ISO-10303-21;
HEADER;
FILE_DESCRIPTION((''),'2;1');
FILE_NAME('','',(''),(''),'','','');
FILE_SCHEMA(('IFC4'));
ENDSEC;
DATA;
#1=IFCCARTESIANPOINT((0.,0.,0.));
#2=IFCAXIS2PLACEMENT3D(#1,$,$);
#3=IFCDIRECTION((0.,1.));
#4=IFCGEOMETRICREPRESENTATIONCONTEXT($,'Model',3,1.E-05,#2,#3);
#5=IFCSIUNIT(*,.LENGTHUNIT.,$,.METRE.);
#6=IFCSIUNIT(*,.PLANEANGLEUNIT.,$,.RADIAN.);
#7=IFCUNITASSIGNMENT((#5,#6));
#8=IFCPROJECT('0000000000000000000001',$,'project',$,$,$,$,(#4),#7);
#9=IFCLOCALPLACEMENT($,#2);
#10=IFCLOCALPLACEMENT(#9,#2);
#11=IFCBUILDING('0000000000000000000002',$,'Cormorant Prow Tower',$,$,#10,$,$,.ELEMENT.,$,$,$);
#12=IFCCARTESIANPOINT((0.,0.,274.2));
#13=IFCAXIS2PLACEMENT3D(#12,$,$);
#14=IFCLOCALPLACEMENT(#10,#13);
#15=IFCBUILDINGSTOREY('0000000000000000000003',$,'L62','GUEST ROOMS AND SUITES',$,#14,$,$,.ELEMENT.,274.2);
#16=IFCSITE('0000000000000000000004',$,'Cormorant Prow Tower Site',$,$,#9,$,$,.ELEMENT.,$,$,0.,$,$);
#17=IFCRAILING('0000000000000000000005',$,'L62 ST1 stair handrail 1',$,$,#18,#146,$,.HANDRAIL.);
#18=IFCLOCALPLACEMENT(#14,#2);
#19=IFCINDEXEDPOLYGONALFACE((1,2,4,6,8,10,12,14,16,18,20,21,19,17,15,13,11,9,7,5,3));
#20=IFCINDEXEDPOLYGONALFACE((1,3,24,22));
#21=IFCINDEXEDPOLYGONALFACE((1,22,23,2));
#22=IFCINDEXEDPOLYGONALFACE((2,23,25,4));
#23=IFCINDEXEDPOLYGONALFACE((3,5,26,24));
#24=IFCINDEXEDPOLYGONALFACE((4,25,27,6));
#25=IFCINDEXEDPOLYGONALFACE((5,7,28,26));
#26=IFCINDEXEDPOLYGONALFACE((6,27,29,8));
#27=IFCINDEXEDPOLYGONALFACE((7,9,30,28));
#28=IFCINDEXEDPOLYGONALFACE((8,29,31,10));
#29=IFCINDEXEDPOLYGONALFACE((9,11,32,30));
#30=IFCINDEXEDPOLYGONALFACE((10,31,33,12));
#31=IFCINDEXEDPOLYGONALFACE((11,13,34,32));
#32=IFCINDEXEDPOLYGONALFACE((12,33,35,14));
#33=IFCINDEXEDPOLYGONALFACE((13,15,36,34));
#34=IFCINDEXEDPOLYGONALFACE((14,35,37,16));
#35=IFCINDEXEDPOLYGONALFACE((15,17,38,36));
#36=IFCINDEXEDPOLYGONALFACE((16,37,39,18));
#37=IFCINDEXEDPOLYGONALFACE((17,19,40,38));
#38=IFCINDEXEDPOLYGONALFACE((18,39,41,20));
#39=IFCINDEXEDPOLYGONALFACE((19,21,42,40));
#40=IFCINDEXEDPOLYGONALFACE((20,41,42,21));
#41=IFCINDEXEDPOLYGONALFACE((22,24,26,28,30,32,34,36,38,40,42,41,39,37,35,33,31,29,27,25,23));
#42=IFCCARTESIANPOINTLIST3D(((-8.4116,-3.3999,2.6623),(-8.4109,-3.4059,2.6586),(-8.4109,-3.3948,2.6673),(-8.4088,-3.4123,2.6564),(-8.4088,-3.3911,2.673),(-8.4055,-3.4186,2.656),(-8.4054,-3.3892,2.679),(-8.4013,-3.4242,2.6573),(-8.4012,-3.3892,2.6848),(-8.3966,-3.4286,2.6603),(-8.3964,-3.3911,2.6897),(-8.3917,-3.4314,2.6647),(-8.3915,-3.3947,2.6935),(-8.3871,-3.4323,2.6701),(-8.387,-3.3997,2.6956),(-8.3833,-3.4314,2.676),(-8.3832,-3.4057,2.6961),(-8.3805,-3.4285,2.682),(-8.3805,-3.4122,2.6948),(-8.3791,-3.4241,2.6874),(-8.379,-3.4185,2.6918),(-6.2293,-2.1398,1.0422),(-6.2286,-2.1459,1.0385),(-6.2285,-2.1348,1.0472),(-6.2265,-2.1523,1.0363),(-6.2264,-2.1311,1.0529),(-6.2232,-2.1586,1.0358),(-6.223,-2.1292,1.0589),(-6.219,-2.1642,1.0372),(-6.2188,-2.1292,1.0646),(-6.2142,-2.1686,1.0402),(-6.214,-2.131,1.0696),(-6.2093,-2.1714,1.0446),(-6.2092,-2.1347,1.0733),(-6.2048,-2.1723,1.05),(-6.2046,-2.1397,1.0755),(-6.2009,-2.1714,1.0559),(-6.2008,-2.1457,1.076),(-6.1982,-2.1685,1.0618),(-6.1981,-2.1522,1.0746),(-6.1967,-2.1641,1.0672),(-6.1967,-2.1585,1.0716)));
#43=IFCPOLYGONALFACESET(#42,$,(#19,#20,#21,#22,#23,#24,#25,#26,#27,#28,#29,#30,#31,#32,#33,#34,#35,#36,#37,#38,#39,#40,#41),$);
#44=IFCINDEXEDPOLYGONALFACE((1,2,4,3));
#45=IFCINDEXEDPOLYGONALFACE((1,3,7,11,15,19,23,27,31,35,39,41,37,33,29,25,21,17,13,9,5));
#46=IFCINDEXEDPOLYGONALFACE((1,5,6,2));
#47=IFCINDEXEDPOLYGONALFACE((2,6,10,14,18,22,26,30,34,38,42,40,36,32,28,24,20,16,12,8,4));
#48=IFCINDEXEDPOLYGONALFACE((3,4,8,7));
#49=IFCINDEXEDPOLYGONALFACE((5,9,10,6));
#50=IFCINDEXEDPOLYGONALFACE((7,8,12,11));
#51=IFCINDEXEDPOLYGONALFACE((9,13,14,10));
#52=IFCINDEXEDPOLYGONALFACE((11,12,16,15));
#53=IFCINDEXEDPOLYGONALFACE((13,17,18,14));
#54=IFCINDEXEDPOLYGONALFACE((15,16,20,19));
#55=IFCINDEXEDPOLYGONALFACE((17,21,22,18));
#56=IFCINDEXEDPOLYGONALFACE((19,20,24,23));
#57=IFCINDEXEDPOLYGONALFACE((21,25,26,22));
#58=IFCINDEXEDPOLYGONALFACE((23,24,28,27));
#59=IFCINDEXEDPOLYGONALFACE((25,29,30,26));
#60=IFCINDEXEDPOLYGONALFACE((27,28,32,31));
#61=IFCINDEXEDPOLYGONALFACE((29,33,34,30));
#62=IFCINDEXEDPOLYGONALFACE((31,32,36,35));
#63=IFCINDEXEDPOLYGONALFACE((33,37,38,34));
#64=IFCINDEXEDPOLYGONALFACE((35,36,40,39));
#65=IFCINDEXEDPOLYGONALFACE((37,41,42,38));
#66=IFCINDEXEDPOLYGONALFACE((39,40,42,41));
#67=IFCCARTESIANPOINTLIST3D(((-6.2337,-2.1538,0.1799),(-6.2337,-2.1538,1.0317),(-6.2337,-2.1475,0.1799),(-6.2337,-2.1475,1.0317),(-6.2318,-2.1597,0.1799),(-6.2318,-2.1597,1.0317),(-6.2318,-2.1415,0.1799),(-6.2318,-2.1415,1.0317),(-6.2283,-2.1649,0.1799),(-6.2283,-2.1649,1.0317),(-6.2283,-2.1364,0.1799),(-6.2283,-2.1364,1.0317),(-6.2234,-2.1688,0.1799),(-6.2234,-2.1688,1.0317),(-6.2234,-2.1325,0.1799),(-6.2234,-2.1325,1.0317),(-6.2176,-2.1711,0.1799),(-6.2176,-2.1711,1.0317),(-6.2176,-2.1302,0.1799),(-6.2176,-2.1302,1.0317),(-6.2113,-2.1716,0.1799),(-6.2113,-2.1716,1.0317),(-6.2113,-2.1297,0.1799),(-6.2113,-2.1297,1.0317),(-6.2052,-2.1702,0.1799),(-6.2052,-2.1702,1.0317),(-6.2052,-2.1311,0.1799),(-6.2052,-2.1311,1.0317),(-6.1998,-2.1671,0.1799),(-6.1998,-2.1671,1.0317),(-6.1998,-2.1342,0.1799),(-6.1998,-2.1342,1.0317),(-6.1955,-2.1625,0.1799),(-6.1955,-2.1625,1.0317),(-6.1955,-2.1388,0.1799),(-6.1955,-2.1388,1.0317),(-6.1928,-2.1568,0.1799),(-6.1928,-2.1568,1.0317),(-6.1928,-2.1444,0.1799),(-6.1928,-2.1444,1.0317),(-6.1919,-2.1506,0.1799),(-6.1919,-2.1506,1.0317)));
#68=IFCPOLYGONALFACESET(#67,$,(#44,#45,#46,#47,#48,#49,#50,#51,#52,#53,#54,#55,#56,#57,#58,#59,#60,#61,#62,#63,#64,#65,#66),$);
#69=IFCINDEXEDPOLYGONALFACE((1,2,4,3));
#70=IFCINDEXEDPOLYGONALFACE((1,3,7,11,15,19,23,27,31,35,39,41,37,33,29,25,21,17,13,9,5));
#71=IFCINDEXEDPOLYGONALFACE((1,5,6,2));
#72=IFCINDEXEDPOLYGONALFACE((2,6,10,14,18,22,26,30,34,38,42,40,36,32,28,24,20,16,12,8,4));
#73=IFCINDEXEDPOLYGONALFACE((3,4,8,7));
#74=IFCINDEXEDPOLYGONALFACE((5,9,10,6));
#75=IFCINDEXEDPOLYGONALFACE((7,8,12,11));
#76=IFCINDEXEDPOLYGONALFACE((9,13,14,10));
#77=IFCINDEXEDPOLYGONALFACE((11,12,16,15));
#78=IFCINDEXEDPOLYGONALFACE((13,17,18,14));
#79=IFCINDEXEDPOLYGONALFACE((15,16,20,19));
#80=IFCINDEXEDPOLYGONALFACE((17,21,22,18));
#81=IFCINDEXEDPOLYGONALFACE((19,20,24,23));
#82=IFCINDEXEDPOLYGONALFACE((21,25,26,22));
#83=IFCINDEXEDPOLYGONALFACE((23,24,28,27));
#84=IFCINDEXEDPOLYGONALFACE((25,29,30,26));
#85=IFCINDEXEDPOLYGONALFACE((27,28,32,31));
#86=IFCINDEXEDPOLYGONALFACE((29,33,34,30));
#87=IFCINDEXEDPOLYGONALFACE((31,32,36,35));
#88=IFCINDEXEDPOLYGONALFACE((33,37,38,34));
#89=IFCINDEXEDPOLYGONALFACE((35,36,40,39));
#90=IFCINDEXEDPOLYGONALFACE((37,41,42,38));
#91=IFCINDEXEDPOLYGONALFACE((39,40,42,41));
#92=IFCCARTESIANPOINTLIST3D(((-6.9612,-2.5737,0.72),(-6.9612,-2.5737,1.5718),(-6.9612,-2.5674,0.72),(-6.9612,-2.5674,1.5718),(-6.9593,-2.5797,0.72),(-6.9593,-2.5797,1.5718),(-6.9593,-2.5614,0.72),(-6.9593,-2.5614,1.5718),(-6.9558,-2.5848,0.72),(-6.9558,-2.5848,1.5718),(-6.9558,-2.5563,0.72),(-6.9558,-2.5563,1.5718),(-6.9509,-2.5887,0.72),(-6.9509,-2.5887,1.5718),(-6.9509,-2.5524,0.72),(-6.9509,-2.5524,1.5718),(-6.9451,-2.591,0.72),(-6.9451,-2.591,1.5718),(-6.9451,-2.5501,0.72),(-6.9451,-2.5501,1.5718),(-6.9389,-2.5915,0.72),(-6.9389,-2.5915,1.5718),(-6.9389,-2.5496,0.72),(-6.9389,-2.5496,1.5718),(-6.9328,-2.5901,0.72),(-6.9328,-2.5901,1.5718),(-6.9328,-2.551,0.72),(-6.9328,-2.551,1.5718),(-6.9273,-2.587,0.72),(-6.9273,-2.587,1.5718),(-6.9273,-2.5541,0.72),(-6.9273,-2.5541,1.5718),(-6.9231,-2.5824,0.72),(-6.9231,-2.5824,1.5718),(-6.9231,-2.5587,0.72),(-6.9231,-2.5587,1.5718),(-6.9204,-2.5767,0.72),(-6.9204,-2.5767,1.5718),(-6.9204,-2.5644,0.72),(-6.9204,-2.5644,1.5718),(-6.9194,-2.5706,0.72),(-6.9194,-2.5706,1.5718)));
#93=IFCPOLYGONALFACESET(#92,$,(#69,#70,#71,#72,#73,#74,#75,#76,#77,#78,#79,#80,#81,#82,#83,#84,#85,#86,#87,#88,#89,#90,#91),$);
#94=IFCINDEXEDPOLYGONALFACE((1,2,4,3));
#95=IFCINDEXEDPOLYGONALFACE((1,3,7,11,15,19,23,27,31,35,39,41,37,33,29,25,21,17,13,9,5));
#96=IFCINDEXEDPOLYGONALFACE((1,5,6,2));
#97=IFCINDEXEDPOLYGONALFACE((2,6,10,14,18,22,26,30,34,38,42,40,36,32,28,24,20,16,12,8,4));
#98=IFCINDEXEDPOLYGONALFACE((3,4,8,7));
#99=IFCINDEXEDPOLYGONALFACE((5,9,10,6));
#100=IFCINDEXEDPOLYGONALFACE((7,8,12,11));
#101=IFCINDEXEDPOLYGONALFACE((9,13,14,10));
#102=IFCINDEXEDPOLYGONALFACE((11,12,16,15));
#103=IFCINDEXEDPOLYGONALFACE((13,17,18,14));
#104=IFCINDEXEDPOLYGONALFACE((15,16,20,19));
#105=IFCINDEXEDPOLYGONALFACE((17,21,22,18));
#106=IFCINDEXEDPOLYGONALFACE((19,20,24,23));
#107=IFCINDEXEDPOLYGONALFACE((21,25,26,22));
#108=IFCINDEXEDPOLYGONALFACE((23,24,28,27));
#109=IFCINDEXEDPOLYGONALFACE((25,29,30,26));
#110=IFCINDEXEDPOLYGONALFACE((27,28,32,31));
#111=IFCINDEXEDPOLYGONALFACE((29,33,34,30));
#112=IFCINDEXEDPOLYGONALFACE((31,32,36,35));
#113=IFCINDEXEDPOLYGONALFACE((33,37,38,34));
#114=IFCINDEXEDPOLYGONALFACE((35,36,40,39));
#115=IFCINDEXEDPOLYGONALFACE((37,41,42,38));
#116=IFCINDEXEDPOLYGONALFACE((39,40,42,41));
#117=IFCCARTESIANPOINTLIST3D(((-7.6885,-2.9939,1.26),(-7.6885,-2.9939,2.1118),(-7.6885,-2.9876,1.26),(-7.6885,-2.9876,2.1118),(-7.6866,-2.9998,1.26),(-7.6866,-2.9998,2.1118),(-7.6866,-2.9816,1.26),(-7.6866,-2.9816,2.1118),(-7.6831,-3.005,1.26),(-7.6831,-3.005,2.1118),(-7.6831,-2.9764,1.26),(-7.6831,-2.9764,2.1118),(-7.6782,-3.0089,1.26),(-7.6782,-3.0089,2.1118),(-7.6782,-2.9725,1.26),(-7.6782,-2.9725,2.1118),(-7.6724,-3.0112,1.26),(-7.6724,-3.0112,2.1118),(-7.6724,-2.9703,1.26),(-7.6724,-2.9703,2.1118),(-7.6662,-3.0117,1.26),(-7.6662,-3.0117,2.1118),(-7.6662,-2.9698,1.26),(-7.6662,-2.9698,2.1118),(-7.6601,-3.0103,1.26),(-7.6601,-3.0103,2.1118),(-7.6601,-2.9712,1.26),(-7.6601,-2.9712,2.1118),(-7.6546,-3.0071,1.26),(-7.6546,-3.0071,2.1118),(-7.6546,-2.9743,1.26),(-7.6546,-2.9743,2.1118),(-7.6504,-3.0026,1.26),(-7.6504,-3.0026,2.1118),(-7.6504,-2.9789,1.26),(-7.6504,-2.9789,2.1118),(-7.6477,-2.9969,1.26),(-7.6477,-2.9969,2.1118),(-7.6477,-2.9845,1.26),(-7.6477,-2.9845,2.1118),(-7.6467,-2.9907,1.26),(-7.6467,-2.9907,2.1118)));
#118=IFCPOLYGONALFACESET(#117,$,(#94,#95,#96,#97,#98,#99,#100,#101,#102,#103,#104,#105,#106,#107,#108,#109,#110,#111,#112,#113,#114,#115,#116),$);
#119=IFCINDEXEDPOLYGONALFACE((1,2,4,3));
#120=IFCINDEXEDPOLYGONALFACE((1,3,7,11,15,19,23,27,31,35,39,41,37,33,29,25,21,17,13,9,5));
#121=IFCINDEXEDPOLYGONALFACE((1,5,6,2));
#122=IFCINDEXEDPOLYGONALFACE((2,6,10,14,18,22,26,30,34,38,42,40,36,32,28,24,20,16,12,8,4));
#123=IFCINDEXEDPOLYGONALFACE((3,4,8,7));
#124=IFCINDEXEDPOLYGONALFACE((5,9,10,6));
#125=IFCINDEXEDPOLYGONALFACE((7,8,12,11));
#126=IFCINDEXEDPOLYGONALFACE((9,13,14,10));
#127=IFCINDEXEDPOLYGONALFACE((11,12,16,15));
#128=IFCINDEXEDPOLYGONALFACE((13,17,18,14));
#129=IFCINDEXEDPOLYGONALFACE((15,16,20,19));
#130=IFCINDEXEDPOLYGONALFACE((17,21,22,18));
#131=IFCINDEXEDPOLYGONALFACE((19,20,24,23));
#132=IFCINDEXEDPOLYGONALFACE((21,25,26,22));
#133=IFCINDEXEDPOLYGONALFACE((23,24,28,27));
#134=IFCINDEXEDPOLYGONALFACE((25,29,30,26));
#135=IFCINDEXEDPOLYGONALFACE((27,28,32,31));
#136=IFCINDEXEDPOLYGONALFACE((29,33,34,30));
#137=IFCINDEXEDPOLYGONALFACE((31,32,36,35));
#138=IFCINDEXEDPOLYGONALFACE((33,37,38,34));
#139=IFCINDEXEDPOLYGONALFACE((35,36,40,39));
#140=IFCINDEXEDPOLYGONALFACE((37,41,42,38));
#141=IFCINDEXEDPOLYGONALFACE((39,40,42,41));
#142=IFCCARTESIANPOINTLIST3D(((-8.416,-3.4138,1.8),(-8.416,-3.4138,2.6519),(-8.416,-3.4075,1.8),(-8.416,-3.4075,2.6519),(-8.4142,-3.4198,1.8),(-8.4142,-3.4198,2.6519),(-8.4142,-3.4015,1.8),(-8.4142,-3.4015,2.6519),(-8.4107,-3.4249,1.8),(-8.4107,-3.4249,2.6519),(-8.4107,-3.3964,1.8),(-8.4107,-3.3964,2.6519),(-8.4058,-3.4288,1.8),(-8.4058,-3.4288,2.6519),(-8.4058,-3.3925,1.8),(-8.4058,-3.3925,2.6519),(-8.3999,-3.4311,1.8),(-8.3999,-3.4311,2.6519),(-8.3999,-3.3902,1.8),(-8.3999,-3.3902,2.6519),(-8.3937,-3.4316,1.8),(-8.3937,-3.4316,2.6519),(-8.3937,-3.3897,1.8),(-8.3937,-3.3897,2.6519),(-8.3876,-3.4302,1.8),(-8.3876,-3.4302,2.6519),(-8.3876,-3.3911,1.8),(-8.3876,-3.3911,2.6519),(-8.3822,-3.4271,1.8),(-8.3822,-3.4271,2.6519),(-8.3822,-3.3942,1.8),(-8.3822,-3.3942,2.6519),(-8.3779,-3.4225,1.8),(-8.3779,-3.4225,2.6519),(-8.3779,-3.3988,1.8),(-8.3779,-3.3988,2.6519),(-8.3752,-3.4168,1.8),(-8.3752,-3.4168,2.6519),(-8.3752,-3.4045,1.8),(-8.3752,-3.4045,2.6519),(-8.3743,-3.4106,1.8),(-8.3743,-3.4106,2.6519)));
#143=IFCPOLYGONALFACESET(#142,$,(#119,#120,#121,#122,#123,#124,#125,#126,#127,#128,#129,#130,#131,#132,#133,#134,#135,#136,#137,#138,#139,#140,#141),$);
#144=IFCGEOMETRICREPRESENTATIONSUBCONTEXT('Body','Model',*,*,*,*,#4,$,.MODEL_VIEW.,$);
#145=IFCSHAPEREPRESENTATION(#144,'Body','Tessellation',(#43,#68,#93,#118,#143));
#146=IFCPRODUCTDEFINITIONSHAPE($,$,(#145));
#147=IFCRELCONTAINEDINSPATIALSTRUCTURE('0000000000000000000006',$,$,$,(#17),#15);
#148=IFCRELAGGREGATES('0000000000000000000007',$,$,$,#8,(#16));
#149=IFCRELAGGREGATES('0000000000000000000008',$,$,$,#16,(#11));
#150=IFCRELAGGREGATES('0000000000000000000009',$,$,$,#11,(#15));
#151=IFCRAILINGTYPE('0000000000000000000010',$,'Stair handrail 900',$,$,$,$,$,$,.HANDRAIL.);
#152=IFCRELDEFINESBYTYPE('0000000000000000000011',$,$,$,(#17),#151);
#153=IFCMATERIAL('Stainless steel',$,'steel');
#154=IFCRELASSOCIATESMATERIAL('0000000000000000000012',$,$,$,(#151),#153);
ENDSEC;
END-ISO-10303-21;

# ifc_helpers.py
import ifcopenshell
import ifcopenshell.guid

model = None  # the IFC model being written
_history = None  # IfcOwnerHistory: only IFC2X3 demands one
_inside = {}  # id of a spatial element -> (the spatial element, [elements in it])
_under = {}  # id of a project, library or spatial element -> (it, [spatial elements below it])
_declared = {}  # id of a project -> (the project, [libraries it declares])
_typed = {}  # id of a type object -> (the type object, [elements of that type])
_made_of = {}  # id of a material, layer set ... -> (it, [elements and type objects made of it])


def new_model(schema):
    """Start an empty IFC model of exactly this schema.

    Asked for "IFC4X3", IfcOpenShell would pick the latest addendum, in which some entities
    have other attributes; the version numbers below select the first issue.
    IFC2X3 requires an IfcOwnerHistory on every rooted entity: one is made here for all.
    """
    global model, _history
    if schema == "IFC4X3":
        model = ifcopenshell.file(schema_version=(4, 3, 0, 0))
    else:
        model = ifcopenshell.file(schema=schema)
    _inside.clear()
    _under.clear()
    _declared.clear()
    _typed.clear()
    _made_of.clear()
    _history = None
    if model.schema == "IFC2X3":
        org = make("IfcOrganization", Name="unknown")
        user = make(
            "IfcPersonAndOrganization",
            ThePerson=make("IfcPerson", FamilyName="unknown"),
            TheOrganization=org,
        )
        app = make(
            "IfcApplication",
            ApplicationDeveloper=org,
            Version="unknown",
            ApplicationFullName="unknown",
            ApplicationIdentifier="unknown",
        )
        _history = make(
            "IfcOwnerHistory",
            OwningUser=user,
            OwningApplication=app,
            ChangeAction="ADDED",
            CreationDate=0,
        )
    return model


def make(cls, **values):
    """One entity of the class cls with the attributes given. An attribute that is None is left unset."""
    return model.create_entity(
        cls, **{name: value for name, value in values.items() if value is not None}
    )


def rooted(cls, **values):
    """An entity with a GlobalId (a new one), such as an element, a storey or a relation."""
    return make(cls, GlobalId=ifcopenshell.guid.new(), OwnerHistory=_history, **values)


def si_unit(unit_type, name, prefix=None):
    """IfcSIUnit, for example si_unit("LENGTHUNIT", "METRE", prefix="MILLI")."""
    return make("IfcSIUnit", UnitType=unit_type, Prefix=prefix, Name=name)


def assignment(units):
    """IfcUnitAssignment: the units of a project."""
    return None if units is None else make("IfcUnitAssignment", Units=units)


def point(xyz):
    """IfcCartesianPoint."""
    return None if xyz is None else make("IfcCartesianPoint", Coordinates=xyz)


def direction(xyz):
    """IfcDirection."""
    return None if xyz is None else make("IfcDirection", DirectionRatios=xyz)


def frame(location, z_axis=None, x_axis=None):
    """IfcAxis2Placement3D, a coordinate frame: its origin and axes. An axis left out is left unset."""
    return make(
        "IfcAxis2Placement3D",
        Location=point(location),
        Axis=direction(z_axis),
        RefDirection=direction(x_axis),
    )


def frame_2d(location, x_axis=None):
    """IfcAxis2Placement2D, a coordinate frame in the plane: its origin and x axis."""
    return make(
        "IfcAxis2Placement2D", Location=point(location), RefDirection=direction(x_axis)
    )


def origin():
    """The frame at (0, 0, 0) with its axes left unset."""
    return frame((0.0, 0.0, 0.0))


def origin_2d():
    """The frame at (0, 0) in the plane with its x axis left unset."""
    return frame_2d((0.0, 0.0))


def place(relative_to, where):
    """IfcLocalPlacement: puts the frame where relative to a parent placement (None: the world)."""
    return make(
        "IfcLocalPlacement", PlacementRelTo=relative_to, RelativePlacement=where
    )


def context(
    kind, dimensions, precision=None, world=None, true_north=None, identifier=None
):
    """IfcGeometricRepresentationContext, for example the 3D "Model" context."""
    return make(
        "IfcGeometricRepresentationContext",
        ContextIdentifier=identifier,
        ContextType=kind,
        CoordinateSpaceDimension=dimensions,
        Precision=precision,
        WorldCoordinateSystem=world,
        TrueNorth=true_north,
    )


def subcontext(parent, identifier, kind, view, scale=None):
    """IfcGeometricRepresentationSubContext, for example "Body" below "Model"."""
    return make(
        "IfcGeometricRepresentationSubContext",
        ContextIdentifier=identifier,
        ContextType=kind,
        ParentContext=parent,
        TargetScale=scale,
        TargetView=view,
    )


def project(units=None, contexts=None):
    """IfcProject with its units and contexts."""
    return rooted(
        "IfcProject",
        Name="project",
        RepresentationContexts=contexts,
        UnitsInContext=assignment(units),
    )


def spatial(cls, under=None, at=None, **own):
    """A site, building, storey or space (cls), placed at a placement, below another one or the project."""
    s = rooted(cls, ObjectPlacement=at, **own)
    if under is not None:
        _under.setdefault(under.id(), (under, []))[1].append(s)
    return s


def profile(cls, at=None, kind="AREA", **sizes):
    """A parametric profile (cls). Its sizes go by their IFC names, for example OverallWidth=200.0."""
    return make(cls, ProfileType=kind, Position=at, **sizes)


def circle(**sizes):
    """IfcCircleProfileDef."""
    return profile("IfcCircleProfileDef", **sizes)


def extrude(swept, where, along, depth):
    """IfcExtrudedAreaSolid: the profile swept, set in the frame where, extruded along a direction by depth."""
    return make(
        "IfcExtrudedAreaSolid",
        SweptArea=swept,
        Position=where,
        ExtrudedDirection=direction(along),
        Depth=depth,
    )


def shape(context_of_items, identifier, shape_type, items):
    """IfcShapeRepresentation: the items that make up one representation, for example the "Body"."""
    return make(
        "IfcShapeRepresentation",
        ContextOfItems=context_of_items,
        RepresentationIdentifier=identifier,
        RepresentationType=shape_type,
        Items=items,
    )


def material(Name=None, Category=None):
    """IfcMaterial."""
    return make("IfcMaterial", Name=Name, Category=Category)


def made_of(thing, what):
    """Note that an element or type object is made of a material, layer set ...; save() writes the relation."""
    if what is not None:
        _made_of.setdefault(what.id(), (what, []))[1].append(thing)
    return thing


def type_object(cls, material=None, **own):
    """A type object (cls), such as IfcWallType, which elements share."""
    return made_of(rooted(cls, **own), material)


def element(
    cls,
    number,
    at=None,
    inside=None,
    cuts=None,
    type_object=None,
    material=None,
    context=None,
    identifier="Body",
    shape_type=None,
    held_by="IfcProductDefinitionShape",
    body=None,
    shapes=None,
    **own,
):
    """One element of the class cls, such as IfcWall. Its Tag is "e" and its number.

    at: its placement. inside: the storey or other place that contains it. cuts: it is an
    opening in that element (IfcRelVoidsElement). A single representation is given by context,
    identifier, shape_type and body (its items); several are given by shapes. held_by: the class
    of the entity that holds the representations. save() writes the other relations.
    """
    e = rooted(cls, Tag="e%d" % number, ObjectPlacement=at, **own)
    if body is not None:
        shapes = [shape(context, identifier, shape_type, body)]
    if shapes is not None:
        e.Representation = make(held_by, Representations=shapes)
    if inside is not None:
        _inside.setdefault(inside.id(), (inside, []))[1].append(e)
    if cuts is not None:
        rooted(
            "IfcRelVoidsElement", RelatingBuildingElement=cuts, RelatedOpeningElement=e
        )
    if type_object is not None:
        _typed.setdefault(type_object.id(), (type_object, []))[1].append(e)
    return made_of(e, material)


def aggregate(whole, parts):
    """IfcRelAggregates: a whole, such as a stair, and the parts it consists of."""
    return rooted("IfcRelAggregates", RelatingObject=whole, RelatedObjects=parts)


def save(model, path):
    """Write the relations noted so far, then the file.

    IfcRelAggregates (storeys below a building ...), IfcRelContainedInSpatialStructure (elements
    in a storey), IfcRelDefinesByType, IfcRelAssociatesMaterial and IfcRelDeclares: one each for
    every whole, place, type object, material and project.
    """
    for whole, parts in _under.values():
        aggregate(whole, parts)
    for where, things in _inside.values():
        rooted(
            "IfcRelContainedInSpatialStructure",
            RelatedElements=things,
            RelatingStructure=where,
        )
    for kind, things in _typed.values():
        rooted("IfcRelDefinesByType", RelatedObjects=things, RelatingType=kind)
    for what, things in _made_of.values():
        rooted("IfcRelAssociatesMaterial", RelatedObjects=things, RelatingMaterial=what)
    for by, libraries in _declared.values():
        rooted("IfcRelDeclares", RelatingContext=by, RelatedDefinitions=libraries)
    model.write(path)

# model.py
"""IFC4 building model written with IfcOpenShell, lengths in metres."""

from ifc_helpers import new_model, si_unit, direction, frame, origin, origin_2d, place, context, subcontext, project, spatial, circle, extrude, material, type_object, element, save


model = new_model("IFC4")

# Units and contexts
model_context = context("Model", 3, precision=1e-05, world=origin(), true_north=direction((0.0, 1.0)))
body_context = subcontext(model_context, "Body", "Model", "MODEL_VIEW")
ifc_project = project(units=[si_unit("LENGTHUNIT", "METRE"), si_unit("PLANEANGLEUNIT", "RADIAN")], contexts=[model_context])

# Site, building, storey
site_placement = place(None, origin())
site = spatial("IfcSite", under=ifc_project, at=site_placement, Name="Cormorant Prow Tower Site", CompositionType="ELEMENT", RefElevation=0.0)
building_placement = place(site_placement, origin())
building = spatial("IfcBuilding", under=site, at=building_placement, Name="Cormorant Prow Tower", CompositionType="ELEMENT")
storey_placement = place(building_placement, frame((0.0, 0.0, 274.2)))
storey = spatial("IfcBuildingStorey", under=building, at=storey_placement, Name="L62", Description="GUEST ROOMS AND SUITES", CompositionType="ELEMENT", Elevation=274.2)

# Railing
ifc_material_1 = material(Name="Stainless steel", Category="steel")
railing_type_1 = type_object("IfcRailingType", Name="Stair handrail 900", PredefinedType="HANDRAIL", material=ifc_material_1)
railing_1_placement = place(storey_placement, frame((-6.2129, -2.1506, 0.1799)))
element("IfcRailing", 1, at=railing_1_placement, inside=storey, type_object=railing_type_1, Name="L62 ST1 stair handrail 1", PredefinedType="HANDRAIL", context=body_context, shape_type="SweptSolid", body=[
    extrude(circle(Radius=0.0239, at=origin_2d()), frame((0.0, 0.0, 0.876), z_axis=(-0.728464, -0.420584, 0.540786), x_axis=(0.500005, -0.866023, 0.0)), (0.0, 0.0, 1.0), 2.9958),
    extrude(circle(Radius=0.021, at=origin_2d()), origin(), (0.0, 0.0, 1.0), 0.8518),
    extrude(circle(Radius=0.021, at=origin_2d()), frame((-0.7275, -0.4199, 0.54)), (0.0, 0.0, 1.0), 0.8518),
    extrude(circle(Radius=0.021, at=origin_2d()), frame((-1.4548, -0.8401, 1.0801)), (0.0, 0.0, 1.0), 0.8518),
    extrude(circle(Radius=0.021, at=origin_2d()), frame((-2.1824, -1.26, 1.6201)), (0.0, 0.0, 1.0), 0.8518),
])

save(model, "model.ifc")
